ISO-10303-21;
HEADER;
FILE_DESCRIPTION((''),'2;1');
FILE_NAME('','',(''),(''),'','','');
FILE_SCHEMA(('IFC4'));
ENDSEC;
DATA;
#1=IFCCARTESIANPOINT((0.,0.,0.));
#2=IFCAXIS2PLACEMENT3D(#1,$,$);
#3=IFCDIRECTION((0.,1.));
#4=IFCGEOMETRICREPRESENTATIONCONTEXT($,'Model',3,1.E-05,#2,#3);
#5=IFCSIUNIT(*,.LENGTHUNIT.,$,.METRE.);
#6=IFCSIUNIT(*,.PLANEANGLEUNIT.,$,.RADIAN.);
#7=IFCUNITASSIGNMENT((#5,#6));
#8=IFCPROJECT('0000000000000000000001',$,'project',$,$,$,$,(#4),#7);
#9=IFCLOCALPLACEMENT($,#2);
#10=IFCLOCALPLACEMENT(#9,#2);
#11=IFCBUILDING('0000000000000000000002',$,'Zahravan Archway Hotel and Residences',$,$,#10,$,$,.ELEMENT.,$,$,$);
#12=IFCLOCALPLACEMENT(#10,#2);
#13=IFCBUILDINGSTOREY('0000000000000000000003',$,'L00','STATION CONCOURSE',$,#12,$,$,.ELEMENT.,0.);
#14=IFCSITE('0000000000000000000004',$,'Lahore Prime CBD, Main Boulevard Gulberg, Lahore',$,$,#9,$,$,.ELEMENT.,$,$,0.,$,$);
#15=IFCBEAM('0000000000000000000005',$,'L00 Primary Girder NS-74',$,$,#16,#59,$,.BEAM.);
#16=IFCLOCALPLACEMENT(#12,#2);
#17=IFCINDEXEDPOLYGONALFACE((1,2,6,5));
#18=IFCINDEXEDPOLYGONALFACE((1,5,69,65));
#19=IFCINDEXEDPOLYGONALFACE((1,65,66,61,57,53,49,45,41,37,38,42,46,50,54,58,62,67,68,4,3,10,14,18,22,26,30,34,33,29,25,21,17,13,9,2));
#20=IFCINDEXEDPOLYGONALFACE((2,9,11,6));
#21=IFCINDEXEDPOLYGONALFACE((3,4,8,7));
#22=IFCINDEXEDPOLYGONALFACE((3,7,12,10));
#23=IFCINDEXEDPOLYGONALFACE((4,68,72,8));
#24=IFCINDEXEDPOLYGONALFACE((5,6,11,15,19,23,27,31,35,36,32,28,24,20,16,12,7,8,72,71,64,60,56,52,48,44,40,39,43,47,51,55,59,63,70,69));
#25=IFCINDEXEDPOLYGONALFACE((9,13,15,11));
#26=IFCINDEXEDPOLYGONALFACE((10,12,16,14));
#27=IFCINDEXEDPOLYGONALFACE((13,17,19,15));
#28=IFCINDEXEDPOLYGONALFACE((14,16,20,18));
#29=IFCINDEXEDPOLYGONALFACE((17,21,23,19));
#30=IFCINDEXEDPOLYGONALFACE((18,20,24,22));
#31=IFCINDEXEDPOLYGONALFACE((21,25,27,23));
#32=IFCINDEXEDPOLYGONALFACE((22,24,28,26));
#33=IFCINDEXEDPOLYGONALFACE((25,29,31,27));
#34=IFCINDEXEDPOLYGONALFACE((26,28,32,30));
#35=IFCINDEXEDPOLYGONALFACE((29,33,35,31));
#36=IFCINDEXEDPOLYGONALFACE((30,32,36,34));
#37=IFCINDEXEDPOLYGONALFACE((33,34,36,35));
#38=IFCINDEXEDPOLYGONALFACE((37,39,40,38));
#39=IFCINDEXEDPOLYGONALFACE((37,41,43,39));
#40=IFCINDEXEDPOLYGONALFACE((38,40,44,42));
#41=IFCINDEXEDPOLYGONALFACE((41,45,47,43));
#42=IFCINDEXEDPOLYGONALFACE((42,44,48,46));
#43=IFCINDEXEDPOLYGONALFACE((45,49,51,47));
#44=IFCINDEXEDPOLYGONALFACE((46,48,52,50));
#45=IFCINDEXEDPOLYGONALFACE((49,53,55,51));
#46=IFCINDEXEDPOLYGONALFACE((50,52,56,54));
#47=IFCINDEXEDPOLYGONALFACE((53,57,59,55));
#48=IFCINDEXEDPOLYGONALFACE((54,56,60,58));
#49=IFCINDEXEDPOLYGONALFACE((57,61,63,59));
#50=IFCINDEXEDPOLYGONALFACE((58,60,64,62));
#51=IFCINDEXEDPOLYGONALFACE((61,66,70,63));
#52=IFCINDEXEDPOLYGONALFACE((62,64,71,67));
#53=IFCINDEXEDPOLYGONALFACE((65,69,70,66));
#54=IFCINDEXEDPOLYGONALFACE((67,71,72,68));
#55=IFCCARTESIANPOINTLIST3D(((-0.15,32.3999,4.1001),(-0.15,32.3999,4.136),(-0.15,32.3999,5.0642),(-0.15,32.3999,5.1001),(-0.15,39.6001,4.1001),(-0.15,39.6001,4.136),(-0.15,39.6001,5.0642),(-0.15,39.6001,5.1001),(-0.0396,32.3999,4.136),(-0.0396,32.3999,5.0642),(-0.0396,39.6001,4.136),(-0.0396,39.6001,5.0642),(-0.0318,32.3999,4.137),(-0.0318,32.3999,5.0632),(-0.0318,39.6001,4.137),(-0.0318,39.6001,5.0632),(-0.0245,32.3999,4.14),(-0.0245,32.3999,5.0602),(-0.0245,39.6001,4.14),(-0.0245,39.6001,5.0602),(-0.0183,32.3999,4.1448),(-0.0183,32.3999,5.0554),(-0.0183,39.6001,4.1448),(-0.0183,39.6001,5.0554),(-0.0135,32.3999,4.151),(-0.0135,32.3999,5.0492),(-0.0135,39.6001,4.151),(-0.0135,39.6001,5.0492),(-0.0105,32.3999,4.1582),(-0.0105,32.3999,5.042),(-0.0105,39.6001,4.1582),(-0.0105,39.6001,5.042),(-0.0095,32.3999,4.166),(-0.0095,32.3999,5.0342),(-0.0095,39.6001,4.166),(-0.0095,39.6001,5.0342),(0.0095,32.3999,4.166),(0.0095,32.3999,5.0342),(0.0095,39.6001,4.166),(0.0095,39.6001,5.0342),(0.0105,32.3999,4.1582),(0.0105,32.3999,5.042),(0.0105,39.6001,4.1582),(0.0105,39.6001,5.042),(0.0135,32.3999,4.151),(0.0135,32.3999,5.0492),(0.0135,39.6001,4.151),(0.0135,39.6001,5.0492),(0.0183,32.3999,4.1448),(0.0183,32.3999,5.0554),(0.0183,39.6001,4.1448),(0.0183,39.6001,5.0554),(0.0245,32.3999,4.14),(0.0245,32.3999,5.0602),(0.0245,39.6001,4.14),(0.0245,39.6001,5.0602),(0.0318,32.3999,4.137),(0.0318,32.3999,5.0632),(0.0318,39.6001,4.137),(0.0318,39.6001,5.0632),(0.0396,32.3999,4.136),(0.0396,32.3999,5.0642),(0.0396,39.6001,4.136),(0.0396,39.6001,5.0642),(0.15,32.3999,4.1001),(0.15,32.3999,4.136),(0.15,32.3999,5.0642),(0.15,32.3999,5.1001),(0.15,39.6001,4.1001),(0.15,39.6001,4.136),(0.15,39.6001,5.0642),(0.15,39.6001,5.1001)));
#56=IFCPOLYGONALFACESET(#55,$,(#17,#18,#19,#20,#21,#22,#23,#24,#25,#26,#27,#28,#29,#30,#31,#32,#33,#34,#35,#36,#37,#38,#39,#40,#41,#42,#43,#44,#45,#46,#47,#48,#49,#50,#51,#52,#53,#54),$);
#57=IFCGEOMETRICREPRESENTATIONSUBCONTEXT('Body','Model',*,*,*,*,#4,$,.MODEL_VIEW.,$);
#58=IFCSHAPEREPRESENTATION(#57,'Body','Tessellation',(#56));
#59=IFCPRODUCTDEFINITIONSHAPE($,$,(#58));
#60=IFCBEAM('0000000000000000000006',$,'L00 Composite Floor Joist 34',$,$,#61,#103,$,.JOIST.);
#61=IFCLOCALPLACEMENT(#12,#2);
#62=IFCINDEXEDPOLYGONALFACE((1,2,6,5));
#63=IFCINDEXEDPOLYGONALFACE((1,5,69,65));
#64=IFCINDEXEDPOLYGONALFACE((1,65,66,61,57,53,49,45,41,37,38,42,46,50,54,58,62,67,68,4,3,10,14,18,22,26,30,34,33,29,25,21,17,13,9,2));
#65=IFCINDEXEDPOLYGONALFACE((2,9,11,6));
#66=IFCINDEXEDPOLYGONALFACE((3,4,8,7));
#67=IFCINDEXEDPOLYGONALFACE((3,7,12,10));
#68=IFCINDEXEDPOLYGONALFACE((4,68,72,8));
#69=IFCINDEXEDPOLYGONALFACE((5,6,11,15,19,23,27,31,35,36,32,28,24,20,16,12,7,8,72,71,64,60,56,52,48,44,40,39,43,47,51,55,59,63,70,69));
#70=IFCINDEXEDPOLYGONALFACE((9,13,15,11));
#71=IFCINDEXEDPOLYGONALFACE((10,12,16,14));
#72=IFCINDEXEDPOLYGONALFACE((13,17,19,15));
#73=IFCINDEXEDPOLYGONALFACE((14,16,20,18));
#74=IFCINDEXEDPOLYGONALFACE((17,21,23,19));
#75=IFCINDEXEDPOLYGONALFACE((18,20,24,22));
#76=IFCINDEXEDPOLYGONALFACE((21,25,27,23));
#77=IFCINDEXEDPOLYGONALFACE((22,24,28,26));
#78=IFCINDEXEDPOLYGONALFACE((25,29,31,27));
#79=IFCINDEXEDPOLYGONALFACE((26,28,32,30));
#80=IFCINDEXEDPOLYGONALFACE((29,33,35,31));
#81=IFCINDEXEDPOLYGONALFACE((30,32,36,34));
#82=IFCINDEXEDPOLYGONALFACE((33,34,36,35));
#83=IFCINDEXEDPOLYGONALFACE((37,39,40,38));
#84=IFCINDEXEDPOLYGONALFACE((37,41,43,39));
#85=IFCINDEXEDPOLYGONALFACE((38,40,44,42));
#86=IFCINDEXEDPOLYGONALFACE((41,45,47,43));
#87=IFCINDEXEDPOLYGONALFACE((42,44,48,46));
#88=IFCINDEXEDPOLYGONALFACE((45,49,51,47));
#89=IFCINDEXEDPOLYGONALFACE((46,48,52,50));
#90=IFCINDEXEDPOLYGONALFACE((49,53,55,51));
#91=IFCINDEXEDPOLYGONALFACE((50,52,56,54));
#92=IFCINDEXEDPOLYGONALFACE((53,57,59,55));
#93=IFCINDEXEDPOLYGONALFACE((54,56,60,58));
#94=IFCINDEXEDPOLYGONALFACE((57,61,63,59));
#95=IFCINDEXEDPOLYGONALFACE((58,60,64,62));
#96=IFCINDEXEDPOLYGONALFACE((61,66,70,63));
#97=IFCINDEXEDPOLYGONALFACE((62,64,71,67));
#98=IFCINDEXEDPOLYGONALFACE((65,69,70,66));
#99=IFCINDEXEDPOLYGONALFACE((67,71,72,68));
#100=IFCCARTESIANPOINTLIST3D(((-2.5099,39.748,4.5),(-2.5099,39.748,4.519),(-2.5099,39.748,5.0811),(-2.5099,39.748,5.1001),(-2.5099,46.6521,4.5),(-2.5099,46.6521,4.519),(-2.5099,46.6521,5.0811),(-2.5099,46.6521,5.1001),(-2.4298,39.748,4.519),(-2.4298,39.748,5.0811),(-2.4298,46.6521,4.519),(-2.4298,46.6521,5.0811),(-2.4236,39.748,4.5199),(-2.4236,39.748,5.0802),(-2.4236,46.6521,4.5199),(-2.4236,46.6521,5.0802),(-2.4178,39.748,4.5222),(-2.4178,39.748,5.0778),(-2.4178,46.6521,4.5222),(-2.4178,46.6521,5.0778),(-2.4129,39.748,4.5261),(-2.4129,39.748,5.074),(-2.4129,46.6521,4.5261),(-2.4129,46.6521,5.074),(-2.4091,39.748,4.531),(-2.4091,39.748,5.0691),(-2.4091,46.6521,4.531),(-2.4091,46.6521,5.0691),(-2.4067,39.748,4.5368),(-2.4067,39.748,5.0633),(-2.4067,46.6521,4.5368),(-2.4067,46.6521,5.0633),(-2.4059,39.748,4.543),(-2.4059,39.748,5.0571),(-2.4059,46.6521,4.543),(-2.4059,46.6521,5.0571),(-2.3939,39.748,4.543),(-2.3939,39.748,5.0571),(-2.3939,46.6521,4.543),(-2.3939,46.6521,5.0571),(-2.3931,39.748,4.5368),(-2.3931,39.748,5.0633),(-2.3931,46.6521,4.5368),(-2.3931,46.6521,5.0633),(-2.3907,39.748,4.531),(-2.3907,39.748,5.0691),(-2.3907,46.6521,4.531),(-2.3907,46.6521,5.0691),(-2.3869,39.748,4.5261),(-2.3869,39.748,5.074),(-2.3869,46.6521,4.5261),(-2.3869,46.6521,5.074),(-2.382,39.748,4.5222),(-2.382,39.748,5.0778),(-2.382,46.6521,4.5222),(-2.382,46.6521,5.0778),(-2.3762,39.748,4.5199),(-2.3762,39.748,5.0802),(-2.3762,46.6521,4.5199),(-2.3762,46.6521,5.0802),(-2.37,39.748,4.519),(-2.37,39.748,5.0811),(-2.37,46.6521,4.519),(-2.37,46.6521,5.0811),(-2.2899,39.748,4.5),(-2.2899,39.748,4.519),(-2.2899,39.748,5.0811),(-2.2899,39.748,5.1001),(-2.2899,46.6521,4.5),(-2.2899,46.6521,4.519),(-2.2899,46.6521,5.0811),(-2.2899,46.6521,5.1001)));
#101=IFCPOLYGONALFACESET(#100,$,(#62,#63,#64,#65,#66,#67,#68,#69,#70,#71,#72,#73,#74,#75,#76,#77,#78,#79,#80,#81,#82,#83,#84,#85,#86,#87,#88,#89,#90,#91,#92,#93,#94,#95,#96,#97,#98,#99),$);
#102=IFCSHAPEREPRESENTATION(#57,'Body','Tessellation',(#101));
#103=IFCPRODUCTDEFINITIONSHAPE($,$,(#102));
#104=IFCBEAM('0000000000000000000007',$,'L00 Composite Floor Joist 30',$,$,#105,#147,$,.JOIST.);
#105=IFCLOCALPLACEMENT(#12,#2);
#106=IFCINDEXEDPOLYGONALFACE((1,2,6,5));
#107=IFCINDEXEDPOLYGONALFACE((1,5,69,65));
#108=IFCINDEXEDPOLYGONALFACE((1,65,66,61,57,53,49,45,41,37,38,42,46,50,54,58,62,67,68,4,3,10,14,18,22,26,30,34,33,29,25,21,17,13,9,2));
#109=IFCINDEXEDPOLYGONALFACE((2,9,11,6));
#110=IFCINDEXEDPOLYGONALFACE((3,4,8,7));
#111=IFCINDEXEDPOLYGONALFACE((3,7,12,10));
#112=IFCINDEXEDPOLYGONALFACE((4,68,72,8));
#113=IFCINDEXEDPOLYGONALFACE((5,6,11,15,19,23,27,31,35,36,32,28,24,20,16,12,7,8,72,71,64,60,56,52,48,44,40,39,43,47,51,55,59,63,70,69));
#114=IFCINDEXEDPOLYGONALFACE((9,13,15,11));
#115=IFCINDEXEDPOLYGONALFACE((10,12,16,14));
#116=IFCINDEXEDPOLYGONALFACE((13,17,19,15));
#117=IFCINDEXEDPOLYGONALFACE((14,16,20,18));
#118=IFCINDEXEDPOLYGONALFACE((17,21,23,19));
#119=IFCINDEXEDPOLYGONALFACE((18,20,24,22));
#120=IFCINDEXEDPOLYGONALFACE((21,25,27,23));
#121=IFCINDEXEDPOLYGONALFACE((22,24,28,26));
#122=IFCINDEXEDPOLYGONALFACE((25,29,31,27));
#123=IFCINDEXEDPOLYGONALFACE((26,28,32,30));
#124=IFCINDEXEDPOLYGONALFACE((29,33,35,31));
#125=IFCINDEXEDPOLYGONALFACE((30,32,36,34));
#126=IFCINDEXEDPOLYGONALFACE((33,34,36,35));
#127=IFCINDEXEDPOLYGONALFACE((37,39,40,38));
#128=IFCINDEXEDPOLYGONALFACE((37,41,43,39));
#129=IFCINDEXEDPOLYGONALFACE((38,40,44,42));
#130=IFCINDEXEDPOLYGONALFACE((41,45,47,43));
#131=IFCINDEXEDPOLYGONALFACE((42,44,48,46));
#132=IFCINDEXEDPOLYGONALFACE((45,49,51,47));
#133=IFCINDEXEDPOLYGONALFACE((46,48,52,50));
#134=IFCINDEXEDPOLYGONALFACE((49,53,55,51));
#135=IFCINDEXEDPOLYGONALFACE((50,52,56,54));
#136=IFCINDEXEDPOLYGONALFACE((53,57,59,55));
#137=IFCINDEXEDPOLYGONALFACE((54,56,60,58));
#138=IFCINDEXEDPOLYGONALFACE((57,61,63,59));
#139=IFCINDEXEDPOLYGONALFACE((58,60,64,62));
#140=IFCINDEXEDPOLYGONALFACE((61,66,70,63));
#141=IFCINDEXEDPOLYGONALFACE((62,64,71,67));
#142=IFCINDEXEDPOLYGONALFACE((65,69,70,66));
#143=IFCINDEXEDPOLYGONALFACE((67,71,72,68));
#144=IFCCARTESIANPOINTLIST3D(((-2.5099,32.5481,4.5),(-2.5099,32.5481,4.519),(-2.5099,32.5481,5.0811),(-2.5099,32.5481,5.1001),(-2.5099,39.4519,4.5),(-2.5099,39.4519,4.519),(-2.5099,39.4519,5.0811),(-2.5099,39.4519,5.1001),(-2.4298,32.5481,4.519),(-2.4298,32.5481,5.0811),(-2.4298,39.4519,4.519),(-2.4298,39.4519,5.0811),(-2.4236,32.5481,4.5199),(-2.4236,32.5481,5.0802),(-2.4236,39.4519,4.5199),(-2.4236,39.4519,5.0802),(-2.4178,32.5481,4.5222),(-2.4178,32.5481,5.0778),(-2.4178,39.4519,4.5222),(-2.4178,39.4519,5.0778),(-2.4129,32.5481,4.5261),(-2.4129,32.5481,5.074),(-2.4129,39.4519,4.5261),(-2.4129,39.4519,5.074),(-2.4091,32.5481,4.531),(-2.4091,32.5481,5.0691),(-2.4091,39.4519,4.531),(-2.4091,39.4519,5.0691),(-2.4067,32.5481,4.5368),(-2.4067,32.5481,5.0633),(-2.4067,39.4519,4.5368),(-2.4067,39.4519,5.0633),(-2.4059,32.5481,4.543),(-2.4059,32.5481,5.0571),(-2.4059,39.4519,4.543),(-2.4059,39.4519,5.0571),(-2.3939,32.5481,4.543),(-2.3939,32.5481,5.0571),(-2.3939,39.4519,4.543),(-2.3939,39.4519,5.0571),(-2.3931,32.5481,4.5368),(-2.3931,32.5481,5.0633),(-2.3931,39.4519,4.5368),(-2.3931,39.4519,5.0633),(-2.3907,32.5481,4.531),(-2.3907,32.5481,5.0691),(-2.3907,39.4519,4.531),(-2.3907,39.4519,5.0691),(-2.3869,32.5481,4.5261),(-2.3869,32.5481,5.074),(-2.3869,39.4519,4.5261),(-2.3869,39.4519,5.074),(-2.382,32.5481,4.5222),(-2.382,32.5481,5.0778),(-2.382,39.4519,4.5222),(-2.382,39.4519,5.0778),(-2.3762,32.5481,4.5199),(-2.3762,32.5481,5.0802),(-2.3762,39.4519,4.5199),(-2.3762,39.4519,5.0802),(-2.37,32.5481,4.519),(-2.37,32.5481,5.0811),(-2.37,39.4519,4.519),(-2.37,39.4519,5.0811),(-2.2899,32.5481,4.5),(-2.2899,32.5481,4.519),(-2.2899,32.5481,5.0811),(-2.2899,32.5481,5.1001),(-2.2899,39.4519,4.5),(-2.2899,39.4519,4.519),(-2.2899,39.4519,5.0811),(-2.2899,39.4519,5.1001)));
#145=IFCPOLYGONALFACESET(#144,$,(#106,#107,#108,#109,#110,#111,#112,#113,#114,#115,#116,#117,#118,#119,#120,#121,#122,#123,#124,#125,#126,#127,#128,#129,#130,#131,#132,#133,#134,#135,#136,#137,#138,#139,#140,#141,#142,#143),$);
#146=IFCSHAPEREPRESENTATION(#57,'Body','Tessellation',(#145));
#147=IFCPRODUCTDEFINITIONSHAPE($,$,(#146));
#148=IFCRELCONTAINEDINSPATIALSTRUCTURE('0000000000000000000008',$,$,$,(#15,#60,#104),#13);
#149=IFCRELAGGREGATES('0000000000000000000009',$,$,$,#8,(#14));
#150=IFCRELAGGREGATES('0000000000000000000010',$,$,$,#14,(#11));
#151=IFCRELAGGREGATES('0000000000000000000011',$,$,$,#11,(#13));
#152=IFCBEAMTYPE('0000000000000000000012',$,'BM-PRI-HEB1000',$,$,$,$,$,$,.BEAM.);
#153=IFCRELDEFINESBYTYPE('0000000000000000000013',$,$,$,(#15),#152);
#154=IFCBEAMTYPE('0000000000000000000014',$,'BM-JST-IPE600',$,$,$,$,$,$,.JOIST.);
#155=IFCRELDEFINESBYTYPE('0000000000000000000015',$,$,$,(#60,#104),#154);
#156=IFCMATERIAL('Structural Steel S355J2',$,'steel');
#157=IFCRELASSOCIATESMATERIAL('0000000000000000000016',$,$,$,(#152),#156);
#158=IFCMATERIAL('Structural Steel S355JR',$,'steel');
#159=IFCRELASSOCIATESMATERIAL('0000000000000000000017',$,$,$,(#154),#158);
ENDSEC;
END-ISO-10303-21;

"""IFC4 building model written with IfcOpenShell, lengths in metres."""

from ifc_helpers import new_model, si_unit, direction, frame, origin, origin_2d, place, context, subcontext, project, spatial, i_section, extrude, source, transform, mapped, material, material_profile, profile_set, type_object, type_shapes, element, save


model = new_model("IFC4")

# Units and contexts
model_context = context("Model", 3, precision=1e-05, world=origin(), true_north=direction((0.0, 1.0)))
body_context = subcontext(model_context, "Body", "Model", "MODEL_VIEW")
ifc_project = project(units=[si_unit("LENGTHUNIT", "METRE"), si_unit("PLANEANGLEUNIT", "RADIAN")], contexts=[model_context])

# Site, building, storey
site_placement = place(None, origin())
site = spatial("IfcSite", under=ifc_project, at=site_placement, Name="Lahore Prime CBD, Main Boulevard Gulberg, Lahore", CompositionType="ELEMENT", RefElevation=0.0)
building_placement = place(site_placement, origin())
building = spatial("IfcBuilding", under=site, at=building_placement, Name="Zahravan Archway Hotel and Residences", CompositionType="ELEMENT")
storey_placement = place(building_placement, origin())
storey = spatial("IfcBuildingStorey", under=building, at=storey_placement, Name="L00", Description="STATION CONCOURSE", CompositionType="ELEMENT", Elevation=0.0)

# Beams
ifc_material_1 = material(Name="Structural Steel S355J2", Category="steel")
ifc_material_profile_1 = material_profile(ifc_material_1, i_section(OverallWidth=0.3, OverallDepth=1.0, WebThickness=0.019, FlangeThickness=0.0359, FilletRadius=0.03, at=origin_2d()), Name="HEB 1000", Category="steel")
ifc_profile_set_1 = profile_set([ifc_material_profile_1], Name="Structural Steel S355J2")
beam_type_1 = type_object("IfcBeamType", Name="BM-PRI-HEB1000", PredefinedType="BEAM", material=ifc_profile_set_1)
shared_shape_1 = source(origin(), body_context, "Body", "SweptSolid", [
    extrude(i_section(OverallWidth=0.3, OverallDepth=1.0, WebThickness=0.019, FlangeThickness=0.0359, FilletRadius=0.03, at=origin_2d()), origin(), (0.0, 0.0, 1.0), 7.2002),
])
beam_1_placement = place(storey_placement, frame((0.0, 32.3999, 4.6001), z_axis=(0.0, 1.0, 0.0), x_axis=(-1.0, 0.0, 0.0)))
element("IfcBeam", 1, at=beam_1_placement, inside=storey, type_object=beam_type_1, Name="L00 Primary Girder NS-74", PredefinedType="BEAM", context=body_context, shape_type="MappedRepresentation", body=[
    mapped(shared_shape_1, transform((0.0, 0.0, 0.0), scale=1.0)),
])
ifc_material_2 = material(Name="Structural Steel S355JR", Category="steel")
ifc_material_profile_2 = material_profile(ifc_material_2, i_section(OverallWidth=0.22, OverallDepth=0.6001, WebThickness=0.012, FlangeThickness=0.019, FilletRadius=0.0239, at=origin_2d()), Name="IPE 600", Category="steel")
ifc_profile_set_2 = profile_set([ifc_material_profile_2], Name="Structural Steel S355JR")
beam_type_2 = type_object("IfcBeamType", Name="BM-JST-IPE600", PredefinedType="JOIST", material=ifc_profile_set_2)
shared_shape_2 = source(origin(), body_context, "Body", "SweptSolid", [
    extrude(i_section(OverallWidth=0.22, OverallDepth=0.6001, WebThickness=0.012, FlangeThickness=0.019, FilletRadius=0.0239, at=origin_2d()), origin(), (0.0, 0.0, 1.0), 6.9041),
])
type_shapes(beam_type_2, [shared_shape_2])
beam_2_placement = place(storey_placement, frame((-2.3999, 39.748, 4.8), z_axis=(0.0, 1.0, 0.0), x_axis=(-1.0, 0.0, 0.0)))
element("IfcBeam", 2, at=beam_2_placement, inside=storey, type_object=beam_type_2, Name="L00 Composite Floor Joist 34", PredefinedType="JOIST", context=body_context, shape_type="MappedRepresentation", body=[
    mapped(shared_shape_2, transform((0.0, 0.0, 0.0), scale=1.0)),
])
shared_shape_3 = source(origin(), body_context, "Body", "SweptSolid", [
    extrude(i_section(OverallWidth=0.22, OverallDepth=0.6001, WebThickness=0.012, FlangeThickness=0.019, FilletRadius=0.0239, at=origin_2d()), origin(), (0.0, 0.0, 1.0), 6.9038),
])
beam_3_placement = place(storey_placement, frame((-2.3999, 32.5481, 4.8), z_axis=(0.0, 1.0, 0.0), x_axis=(-1.0, 0.0, 0.0)))
element("IfcBeam", 3, at=beam_3_placement, inside=storey, type_object=beam_type_2, Name="L00 Composite Floor Joist 30", PredefinedType="JOIST", context=body_context, shape_type="MappedRepresentation", body=[
    mapped(shared_shape_3, transform((0.0, 0.0, 0.0), scale=1.0)),
])

save(model, "model.ifc")
